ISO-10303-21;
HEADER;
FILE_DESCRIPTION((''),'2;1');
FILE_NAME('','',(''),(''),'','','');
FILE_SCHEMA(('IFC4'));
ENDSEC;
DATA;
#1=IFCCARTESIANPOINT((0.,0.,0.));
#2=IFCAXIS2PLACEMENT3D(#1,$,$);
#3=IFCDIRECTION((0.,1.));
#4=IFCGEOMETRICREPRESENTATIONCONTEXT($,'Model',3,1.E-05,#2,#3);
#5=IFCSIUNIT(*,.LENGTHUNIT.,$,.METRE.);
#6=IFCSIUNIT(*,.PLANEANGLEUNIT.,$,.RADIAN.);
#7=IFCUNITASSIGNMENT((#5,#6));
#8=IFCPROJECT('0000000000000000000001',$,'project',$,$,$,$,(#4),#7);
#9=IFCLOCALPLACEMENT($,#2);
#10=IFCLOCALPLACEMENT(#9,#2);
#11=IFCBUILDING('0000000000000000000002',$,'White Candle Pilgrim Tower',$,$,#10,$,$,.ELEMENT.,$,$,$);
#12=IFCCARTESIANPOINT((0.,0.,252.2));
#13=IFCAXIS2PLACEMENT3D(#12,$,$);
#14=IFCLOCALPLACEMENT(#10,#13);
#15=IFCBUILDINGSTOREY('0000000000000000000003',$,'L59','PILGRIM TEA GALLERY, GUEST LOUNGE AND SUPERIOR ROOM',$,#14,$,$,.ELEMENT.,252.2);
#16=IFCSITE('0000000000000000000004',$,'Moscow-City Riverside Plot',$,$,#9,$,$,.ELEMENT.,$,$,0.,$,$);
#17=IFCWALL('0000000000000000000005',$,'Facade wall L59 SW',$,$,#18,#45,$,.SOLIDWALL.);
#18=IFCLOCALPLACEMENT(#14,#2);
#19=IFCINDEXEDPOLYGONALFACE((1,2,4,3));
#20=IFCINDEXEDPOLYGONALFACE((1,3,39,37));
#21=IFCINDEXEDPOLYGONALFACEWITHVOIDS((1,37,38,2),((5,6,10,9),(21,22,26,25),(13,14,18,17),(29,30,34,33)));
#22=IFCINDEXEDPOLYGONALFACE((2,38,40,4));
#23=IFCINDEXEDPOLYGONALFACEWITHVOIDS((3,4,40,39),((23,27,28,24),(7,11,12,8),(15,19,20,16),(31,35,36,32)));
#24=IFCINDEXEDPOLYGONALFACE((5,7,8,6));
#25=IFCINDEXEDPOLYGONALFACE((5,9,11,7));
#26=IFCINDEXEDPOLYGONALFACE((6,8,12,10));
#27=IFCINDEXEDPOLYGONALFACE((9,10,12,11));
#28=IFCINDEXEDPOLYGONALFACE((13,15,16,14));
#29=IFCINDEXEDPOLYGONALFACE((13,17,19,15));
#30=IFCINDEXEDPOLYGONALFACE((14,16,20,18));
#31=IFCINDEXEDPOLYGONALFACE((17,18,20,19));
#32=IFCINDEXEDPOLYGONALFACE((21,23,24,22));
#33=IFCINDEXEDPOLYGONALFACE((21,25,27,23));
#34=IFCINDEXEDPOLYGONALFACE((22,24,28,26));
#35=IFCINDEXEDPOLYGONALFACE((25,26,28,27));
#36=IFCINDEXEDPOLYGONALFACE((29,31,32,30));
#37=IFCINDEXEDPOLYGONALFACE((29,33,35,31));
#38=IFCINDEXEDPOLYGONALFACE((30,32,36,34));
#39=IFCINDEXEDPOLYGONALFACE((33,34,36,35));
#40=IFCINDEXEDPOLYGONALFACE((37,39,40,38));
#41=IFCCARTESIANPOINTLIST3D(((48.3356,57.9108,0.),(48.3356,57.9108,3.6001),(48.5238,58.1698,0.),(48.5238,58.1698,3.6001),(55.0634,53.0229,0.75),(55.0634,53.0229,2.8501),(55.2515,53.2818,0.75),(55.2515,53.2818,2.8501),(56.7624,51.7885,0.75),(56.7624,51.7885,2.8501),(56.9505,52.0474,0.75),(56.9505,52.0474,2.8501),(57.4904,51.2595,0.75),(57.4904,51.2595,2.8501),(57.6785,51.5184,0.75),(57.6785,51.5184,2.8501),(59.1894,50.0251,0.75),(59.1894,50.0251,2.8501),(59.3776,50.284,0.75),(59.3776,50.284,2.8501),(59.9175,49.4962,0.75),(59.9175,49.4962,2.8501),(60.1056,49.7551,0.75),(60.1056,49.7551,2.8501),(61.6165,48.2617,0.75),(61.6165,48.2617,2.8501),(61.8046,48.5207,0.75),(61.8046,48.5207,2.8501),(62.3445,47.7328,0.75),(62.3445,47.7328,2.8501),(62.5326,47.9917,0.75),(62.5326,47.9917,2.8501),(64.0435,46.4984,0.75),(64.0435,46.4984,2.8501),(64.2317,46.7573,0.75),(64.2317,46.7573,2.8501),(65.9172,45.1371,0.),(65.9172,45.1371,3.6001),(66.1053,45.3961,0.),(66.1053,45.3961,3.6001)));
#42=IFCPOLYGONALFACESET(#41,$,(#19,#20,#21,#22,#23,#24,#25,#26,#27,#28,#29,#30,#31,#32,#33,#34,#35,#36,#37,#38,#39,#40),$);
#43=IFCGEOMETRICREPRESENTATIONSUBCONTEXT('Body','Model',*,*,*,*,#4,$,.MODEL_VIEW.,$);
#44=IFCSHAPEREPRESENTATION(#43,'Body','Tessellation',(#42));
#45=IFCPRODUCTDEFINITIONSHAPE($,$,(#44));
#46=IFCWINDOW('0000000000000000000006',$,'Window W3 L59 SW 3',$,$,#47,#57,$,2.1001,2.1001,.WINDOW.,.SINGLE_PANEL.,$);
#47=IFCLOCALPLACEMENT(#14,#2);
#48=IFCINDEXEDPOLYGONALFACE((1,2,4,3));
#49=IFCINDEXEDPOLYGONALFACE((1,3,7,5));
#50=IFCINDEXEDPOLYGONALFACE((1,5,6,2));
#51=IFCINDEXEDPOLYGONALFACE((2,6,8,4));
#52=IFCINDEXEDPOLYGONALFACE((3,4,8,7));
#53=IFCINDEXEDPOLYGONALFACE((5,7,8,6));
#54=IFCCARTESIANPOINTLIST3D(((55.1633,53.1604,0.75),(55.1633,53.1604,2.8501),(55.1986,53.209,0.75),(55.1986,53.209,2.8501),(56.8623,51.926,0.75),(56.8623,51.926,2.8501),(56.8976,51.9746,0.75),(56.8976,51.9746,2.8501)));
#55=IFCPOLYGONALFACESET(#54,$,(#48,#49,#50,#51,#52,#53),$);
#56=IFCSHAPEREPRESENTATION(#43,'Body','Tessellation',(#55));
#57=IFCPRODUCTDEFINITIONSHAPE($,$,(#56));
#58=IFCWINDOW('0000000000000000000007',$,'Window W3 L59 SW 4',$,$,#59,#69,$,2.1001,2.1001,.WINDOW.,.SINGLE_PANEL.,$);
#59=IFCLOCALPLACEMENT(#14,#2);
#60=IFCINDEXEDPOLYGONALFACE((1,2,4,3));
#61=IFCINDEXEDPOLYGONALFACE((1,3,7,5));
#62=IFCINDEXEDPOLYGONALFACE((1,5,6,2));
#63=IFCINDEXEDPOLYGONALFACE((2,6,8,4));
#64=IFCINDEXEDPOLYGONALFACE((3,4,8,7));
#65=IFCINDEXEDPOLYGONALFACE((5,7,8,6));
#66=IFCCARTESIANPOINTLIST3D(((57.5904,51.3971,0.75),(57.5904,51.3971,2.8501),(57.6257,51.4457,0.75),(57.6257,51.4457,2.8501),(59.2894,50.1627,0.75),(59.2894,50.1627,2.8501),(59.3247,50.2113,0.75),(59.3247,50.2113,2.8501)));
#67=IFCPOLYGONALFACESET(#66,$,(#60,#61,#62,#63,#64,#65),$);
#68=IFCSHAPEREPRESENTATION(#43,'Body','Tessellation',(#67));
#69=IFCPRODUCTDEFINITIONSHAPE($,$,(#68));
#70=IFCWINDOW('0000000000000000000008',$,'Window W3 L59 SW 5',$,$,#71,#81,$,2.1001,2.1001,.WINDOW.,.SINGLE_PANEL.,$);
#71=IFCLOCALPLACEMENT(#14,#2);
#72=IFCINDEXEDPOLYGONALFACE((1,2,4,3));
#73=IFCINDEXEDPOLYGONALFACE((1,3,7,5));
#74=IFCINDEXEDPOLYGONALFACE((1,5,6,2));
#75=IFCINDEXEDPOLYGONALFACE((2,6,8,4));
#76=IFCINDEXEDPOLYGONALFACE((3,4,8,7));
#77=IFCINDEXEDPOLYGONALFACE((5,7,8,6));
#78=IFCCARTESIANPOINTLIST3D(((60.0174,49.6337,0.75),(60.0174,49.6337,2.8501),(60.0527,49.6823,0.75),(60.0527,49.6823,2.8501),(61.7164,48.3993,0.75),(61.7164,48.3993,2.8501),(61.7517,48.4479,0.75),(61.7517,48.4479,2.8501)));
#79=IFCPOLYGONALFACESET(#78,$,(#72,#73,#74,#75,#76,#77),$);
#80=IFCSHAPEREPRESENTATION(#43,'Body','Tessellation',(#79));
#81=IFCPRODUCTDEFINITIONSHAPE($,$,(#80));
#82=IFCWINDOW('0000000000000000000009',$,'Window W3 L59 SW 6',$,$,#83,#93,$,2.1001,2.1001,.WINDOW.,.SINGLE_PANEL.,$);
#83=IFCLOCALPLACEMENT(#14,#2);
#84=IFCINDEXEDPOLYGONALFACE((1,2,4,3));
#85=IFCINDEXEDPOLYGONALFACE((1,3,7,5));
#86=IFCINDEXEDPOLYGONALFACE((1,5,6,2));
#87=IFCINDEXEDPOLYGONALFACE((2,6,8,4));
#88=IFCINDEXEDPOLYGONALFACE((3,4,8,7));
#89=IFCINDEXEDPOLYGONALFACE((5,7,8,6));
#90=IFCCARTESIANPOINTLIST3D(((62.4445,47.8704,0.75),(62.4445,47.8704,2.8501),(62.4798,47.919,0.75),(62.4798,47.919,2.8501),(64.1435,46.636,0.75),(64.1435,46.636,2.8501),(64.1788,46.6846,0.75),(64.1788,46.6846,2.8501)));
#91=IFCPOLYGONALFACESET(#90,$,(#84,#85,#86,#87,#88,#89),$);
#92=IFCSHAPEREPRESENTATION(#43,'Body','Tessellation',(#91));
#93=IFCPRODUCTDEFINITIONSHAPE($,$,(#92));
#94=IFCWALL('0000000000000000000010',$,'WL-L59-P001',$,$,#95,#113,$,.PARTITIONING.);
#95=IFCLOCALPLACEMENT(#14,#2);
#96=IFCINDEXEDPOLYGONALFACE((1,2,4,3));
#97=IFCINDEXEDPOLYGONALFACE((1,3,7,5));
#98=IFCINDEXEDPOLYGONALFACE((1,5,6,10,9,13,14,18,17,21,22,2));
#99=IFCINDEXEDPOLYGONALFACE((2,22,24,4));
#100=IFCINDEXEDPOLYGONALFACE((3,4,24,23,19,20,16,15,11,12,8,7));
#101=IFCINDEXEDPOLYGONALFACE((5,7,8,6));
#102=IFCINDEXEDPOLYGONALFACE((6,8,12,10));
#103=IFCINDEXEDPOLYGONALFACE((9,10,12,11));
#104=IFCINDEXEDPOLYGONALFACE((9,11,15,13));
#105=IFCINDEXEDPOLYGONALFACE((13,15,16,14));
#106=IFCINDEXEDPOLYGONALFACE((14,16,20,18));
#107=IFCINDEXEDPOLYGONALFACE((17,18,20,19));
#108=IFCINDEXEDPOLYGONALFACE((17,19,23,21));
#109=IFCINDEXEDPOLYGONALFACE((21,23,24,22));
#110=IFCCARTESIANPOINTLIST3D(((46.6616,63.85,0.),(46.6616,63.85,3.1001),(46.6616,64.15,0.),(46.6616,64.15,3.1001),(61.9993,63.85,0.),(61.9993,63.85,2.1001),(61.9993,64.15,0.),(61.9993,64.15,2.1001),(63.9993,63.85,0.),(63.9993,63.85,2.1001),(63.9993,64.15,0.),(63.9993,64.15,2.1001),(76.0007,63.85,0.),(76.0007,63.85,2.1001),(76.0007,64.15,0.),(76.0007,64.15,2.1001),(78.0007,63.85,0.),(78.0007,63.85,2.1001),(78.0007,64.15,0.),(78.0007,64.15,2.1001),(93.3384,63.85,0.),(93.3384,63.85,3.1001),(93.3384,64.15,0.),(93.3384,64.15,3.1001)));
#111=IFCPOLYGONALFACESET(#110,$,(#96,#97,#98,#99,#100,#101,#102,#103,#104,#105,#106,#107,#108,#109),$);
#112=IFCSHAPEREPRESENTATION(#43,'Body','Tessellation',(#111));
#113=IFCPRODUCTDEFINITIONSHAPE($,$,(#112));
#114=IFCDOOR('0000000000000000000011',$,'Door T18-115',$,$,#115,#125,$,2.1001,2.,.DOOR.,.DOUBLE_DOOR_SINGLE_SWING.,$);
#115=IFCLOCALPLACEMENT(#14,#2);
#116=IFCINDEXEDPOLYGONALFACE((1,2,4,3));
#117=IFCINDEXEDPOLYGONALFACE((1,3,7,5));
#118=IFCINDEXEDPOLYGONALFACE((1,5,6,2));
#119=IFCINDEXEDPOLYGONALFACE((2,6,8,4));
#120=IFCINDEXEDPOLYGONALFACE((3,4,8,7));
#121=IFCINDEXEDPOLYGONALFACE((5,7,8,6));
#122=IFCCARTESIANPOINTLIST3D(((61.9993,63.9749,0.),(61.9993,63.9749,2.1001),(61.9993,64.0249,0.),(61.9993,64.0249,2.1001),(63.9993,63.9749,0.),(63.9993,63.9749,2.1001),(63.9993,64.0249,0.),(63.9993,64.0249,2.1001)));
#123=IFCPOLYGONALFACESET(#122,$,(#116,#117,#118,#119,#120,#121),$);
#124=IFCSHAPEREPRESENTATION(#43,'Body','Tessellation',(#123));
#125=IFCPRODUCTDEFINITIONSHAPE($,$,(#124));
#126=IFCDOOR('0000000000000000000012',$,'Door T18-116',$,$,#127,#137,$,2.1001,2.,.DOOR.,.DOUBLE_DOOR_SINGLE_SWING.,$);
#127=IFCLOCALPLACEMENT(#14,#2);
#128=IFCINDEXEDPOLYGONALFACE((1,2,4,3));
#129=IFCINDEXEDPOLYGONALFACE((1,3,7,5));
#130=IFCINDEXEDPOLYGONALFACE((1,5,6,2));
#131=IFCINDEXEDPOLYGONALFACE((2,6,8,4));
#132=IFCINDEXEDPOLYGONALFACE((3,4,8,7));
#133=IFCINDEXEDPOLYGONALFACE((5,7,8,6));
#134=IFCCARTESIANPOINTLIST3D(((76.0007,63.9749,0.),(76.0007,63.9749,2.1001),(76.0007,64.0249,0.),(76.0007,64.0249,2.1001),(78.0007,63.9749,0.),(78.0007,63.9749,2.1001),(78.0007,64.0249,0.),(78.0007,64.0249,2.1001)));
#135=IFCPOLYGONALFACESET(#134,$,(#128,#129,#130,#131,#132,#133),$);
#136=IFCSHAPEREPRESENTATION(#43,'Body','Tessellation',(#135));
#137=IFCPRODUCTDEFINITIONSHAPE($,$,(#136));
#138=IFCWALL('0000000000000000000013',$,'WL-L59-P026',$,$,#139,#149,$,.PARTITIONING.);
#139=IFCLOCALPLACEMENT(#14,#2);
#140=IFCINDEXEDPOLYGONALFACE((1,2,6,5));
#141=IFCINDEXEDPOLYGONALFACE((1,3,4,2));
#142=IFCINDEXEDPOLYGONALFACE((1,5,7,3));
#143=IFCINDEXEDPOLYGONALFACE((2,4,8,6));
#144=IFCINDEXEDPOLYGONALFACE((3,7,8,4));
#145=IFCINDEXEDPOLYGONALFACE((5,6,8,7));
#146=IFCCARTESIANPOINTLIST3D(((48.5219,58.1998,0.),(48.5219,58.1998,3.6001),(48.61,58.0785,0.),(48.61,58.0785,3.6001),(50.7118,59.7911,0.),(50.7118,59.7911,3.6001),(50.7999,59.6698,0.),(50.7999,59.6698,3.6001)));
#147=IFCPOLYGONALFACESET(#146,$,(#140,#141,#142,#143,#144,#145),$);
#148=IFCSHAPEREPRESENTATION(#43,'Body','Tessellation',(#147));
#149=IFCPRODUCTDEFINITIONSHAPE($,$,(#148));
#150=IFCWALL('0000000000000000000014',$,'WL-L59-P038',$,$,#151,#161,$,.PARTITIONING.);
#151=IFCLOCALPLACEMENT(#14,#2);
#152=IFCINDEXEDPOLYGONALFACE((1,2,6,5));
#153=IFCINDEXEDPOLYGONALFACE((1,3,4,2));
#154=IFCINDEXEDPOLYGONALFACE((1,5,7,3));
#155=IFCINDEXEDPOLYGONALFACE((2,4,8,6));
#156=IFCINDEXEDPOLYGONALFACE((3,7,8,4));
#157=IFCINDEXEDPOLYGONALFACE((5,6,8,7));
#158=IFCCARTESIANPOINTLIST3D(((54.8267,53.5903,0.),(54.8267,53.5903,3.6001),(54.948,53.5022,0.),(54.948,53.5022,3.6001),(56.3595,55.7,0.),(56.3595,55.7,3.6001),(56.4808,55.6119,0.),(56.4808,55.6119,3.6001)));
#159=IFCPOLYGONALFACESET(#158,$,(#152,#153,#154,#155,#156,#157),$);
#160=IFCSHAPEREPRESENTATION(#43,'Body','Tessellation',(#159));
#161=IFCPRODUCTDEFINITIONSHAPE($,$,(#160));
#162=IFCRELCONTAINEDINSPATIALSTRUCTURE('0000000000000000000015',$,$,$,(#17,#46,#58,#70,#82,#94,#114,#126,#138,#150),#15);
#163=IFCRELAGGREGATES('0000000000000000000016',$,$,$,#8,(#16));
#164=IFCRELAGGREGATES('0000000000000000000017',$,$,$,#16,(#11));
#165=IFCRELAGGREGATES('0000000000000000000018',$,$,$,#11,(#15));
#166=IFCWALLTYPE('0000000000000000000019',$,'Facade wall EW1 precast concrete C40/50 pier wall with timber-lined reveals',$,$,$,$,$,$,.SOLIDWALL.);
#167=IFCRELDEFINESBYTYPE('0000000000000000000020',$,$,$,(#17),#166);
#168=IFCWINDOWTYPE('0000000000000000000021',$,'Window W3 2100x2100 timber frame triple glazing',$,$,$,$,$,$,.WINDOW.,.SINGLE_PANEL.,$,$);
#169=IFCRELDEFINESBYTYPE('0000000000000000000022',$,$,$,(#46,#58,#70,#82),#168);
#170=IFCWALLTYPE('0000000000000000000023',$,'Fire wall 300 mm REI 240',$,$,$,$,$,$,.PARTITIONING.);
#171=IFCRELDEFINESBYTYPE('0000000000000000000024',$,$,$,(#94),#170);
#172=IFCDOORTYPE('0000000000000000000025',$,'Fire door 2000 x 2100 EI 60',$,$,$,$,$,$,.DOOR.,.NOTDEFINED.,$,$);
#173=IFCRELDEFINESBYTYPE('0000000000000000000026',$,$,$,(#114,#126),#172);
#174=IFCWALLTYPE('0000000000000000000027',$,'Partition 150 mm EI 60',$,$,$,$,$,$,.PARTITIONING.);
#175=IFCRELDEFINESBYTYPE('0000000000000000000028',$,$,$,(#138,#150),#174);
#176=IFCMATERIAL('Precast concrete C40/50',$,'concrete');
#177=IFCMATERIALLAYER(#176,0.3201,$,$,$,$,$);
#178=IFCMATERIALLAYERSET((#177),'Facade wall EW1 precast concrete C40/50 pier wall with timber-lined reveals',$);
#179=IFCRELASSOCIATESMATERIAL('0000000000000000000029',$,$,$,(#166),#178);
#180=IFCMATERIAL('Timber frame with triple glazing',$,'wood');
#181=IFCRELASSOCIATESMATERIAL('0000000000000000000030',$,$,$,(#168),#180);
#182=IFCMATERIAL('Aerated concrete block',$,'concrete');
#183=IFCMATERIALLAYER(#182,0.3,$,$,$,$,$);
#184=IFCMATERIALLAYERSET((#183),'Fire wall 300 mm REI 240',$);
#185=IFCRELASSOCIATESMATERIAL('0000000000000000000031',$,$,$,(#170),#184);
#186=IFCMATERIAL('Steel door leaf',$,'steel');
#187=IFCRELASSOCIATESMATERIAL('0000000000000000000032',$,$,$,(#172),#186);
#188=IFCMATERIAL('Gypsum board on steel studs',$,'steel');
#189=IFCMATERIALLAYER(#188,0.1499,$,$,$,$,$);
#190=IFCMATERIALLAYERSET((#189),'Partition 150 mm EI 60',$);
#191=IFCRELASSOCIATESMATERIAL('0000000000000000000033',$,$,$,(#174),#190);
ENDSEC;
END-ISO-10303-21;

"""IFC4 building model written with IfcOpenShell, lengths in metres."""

from ifc_helpers import new_model, si_unit, direction, frame, frame_2d, origin, place, context, subcontext, project, spatial, rectangle, extrude, material, layer, layer_set, type_object, element, fill, save


model = new_model("IFC4")

# Units and contexts
model_context = context("Model", 3, precision=1e-05, world=origin(), true_north=direction((0.0, 1.0)))
body_context = subcontext(model_context, "Body", "Model", "MODEL_VIEW")
ifc_project = project(units=[si_unit("LENGTHUNIT", "METRE"), si_unit("PLANEANGLEUNIT", "RADIAN")], contexts=[model_context])

# Site, building, storey
site_placement = place(None, origin())
site = spatial("IfcSite", under=ifc_project, at=site_placement, Name="Moscow-City Riverside Plot", CompositionType="ELEMENT", RefElevation=0.0)
building_placement = place(site_placement, origin())
building = spatial("IfcBuilding", under=site, at=building_placement, Name="White Candle Pilgrim Tower", CompositionType="ELEMENT")
storey_placement = place(building_placement, frame((0.0, 0.0, 252.2)))
storey = spatial("IfcBuildingStorey", under=building, at=storey_placement, Name="L59", Description="PILGRIM TEA GALLERY, GUEST LOUNGE AND SUPERIOR ROOM", CompositionType="ELEMENT", Elevation=252.2)

# Shared definitions
ifc_material_1 = material(Name="Gypsum board on steel studs", Category="steel")
ifc_material_2 = material(Name="Steel door leaf", Category="steel")

# Shared definitions
ifc_material_3 = material(Name="Precast concrete C40/50", Category="concrete")
ifc_layer_1 = layer(ifc_material_3, 0.3201)
ifc_layer_set_1 = layer_set([ifc_layer_1], Name="Facade wall EW1 precast concrete C40/50 pier wall with timber-lined reveals")
wall_type_1 = type_object("IfcWallType", Name="Facade wall EW1 precast concrete C40/50 pier wall with timber-lined reveals", PredefinedType="SOLIDWALL", material=ifc_layer_set_1)
ifc_material_4 = material(Name="Timber frame with triple glazing", Category="wood")

# Wall, openings, windows
wall_1_placement = place(storey_placement, frame((48.4297, 58.0403, 0.0), z_axis=(0.0, 0.0, 1.0), x_axis=(0.809018, -0.587784, 0.0)))
wall_1 = element("IfcWall", 1, at=wall_1_placement, inside=storey, type_object=wall_type_1, Name="Facade wall L59 SW", PredefinedType="SOLIDWALL", context=body_context, shape_type="SweptSolid", body=[
    extrude(rectangle(XDim=21.7319, YDim=0.3201, at=frame_2d((10.866, 0.0))), origin(), (0.0, 0.0, 1.0), 3.6001),
])
opening_1_placement = place(wall_1_placement, frame((8.3159, 0.0, 0.75)))
opening_1 = element("IfcOpeningElement", 2, at=opening_1_placement, cuts=wall_1, PredefinedType="OPENING", context=body_context, shape_type="SweptSolid", body=[
    extrude(rectangle(XDim=2.1001, YDim=2.1001, at=frame_2d((1.05, 1.05))), frame((0.0, 0.1699, 0.0), z_axis=(0.0, -1.0, 0.0), x_axis=(1.0, 0.0, 0.0)), (0.0, 0.0, 1.0), 0.3401),
])
opening_2_placement = place(wall_1_placement, frame((11.3159, 0.0, 0.75)))
opening_2 = element("IfcOpeningElement", 3, at=opening_2_placement, cuts=wall_1, PredefinedType="OPENING", context=body_context, shape_type="SweptSolid", body=[
    extrude(rectangle(XDim=2.1001, YDim=2.1001, at=frame_2d((1.05, 1.05))), frame((0.0, 0.1699, 0.0), z_axis=(0.0, -1.0, 0.0), x_axis=(1.0, 0.0, 0.0)), (0.0, 0.0, 1.0), 0.3401),
])
opening_3_placement = place(wall_1_placement, frame((14.3159, 0.0, 0.75)))
opening_3 = element("IfcOpeningElement", 4, at=opening_3_placement, cuts=wall_1, PredefinedType="OPENING", context=body_context, shape_type="SweptSolid", body=[
    extrude(rectangle(XDim=2.1001, YDim=2.1001, at=frame_2d((1.05, 1.05))), frame((0.0, 0.1699, 0.0), z_axis=(0.0, -1.0, 0.0), x_axis=(1.0, 0.0, 0.0)), (0.0, 0.0, 1.0), 0.3401),
])
opening_4_placement = place(wall_1_placement, frame((17.3159, 0.0, 0.75)))
opening_4 = element("IfcOpeningElement", 5, at=opening_4_placement, cuts=wall_1, PredefinedType="OPENING", context=body_context, shape_type="SweptSolid", body=[
    extrude(rectangle(XDim=2.1001, YDim=2.1001, at=frame_2d((1.05, 1.05))), frame((0.0, 0.1699, 0.0), z_axis=(0.0, -1.0, 0.0), x_axis=(1.0, 0.0, 0.0)), (0.0, 0.0, 1.0), 0.3401),
])
window_type_1 = type_object("IfcWindowType", Name="Window W3 2100x2100 timber frame triple glazing", PartitioningType="SINGLE_PANEL", PredefinedType="WINDOW", material=ifc_material_4)
window_1_placement = place(opening_1_placement, origin())
window_1 = element("IfcWindow", 6, at=window_1_placement, inside=storey, type_object=window_type_1, Name="Window W3 L59 SW 3", OverallHeight=2.1001, OverallWidth=2.1001, PartitioningType="SINGLE_PANEL", PredefinedType="WINDOW", context=body_context, shape_type="SweptSolid", body=[
    extrude(rectangle(XDim=2.1001, YDim=2.1001, at=frame_2d((1.05, 1.05))), frame((0.0, 0.0701, 0.0), z_axis=(0.0, -1.0, 0.0), x_axis=(1.0, 0.0, 0.0)), (0.0, 0.0, 1.0), 0.0601),
])
fill(opening_1, window_1)
window_2_placement = place(opening_2_placement, origin())
window_2 = element("IfcWindow", 7, at=window_2_placement, inside=storey, type_object=window_type_1, Name="Window W3 L59 SW 4", OverallHeight=2.1001, OverallWidth=2.1001, PartitioningType="SINGLE_PANEL", PredefinedType="WINDOW", context=body_context, shape_type="SweptSolid", body=[
    extrude(rectangle(XDim=2.1001, YDim=2.1001, at=frame_2d((1.05, 1.05))), frame((0.0, 0.0701, 0.0), z_axis=(0.0, -1.0, 0.0), x_axis=(1.0, 0.0, 0.0)), (0.0, 0.0, 1.0), 0.0601),
])
fill(opening_2, window_2)
window_3_placement = place(opening_3_placement, origin())
window_3 = element("IfcWindow", 8, at=window_3_placement, inside=storey, type_object=window_type_1, Name="Window W3 L59 SW 5", OverallHeight=2.1001, OverallWidth=2.1001, PartitioningType="SINGLE_PANEL", PredefinedType="WINDOW", context=body_context, shape_type="SweptSolid", body=[
    extrude(rectangle(XDim=2.1001, YDim=2.1001, at=frame_2d((1.05, 1.05))), frame((0.0, 0.0701, 0.0), z_axis=(0.0, -1.0, 0.0), x_axis=(1.0, 0.0, 0.0)), (0.0, 0.0, 1.0), 0.0601),
])
fill(opening_3, window_3)
window_4_placement = place(opening_4_placement, origin())
window_4 = element("IfcWindow", 9, at=window_4_placement, inside=storey, type_object=window_type_1, Name="Window W3 L59 SW 6", OverallHeight=2.1001, OverallWidth=2.1001, PartitioningType="SINGLE_PANEL", PredefinedType="WINDOW", context=body_context, shape_type="SweptSolid", body=[
    extrude(rectangle(XDim=2.1001, YDim=2.1001, at=frame_2d((1.05, 1.05))), frame((0.0, 0.0701, 0.0), z_axis=(0.0, -1.0, 0.0), x_axis=(1.0, 0.0, 0.0)), (0.0, 0.0, 1.0), 0.0601),
])
fill(opening_4, window_4)

# Wall, openings, doors
ifc_material_5 = material(Name="Aerated concrete block", Category="concrete")
ifc_layer_2 = layer(ifc_material_5, 0.3)
ifc_layer_set_2 = layer_set([ifc_layer_2], Name="Fire wall 300 mm REI 240")
wall_type_2 = type_object("IfcWallType", Name="Fire wall 300 mm REI 240", PredefinedType="PARTITIONING", material=ifc_layer_set_2)
wall_2_placement = place(storey_placement, frame((46.6616, 64.0, 0.0), z_axis=(0.0, 0.0, 1.0), x_axis=(1.0, 0.0, 0.0)))
wall_2 = element("IfcWall", 10, at=wall_2_placement, inside=storey, type_object=wall_type_2, Name="WL-L59-P001", PredefinedType="PARTITIONING", context=body_context, shape_type="SweptSolid", body=[
    extrude(rectangle(XDim=46.6768, YDim=0.3, at=frame_2d((23.3384, 0.0))), origin(), (0.0, 0.0, 1.0), 3.1001),
])
opening_5_placement = place(wall_2_placement, frame((15.3376, 0.0, 0.0)))
opening_5 = element("IfcOpeningElement", 11, at=opening_5_placement, cuts=wall_2, PredefinedType="OPENING", context=body_context, shape_type="SweptSolid", body=[
    extrude(rectangle(XDim=2.0, YDim=2.1001, at=frame_2d((1.0, 1.05))), frame((0.0, 0.1599, 0.0), z_axis=(0.0, -1.0, 0.0), x_axis=(1.0, 0.0, 0.0)), (0.0, 0.0, 1.0), 0.3201),
])
opening_6_placement = place(wall_2_placement, frame((29.3391, 0.0, 0.0)))
opening_6 = element("IfcOpeningElement", 12, at=opening_6_placement, cuts=wall_2, PredefinedType="OPENING", context=body_context, shape_type="SweptSolid", body=[
    extrude(rectangle(XDim=2.0, YDim=2.1001, at=frame_2d((1.0, 1.05))), frame((0.0, 0.1599, 0.0), z_axis=(0.0, -1.0, 0.0), x_axis=(1.0, 0.0, 0.0)), (0.0, 0.0, 1.0), 0.3201),
])
door_type_1 = type_object("IfcDoorType", Name="Fire door 2000 x 2100 EI 60", OperationType="NOTDEFINED", PredefinedType="DOOR", material=ifc_material_2)
door_1_placement = place(opening_5_placement, origin())
door_1 = element("IfcDoor", 13, at=door_1_placement, inside=storey, type_object=door_type_1, Name="Door T18-115", OperationType="DOUBLE_DOOR_SINGLE_SWING", OverallHeight=2.1001, OverallWidth=2.0, PredefinedType="DOOR", context=body_context, shape_type="SweptSolid", body=[
    extrude(rectangle(XDim=2.0, YDim=2.1001, at=frame_2d((1.0, 1.05))), frame((0.0, 0.0249, 0.0), z_axis=(0.0, -1.0, 0.0), x_axis=(1.0, 0.0, 0.0)), (0.0, 0.0, 1.0), 0.05),
])
fill(opening_5, door_1)
door_2_placement = place(opening_6_placement, origin())
door_2 = element("IfcDoor", 14, at=door_2_placement, inside=storey, type_object=door_type_1, Name="Door T18-116", OperationType="DOUBLE_DOOR_SINGLE_SWING", OverallHeight=2.1001, OverallWidth=2.0, PredefinedType="DOOR", context=body_context, shape_type="SweptSolid", body=[
    extrude(rectangle(XDim=2.0, YDim=2.1001, at=frame_2d((1.0, 1.05))), frame((0.0, 0.0249, 0.0), z_axis=(0.0, -1.0, 0.0), x_axis=(1.0, 0.0, 0.0)), (0.0, 0.0, 1.0), 0.05),
])
fill(opening_6, door_2)

# Walls
ifc_layer_3 = layer(ifc_material_1, 0.1499)
ifc_layer_set_3 = layer_set([ifc_layer_3], Name="Partition 150 mm EI 60")
wall_type_3 = type_object("IfcWallType", Name="Partition 150 mm EI 60", PredefinedType="PARTITIONING", material=ifc_layer_set_3)
wall_3_placement = place(storey_placement, frame((48.5659, 58.1392, 0.0), z_axis=(0.0, 0.0, 1.0), x_axis=(0.808978, 0.587839, 0.0)))
element("IfcWall", 15, at=wall_3_placement, inside=storey, type_object=wall_type_3, Name="WL-L59-P026", PredefinedType="PARTITIONING", context=body_context, shape_type="SweptSolid", body=[
    extrude(rectangle(XDim=2.707, YDim=0.1499, at=frame_2d((1.3535, 0.0))), origin(), (0.0, 0.0, 1.0), 3.6001),
])
wall_4_placement = place(storey_placement, frame((54.8875, 53.5464, 0.0), z_axis=(0.0, 0.0, 1.0), x_axis=(0.587782, 0.809019, 0.0)))
element("IfcWall", 16, at=wall_4_placement, inside=storey, type_object=wall_type_3, Name="WL-L59-P038", PredefinedType="PARTITIONING", context=body_context, shape_type="SweptSolid", body=[
    extrude(rectangle(XDim=2.6077, YDim=0.1499, at=frame_2d((1.3037, 0.0))), origin(), (0.0, 0.0, 1.0), 3.6001),
])

save(model, "model.ifc")
